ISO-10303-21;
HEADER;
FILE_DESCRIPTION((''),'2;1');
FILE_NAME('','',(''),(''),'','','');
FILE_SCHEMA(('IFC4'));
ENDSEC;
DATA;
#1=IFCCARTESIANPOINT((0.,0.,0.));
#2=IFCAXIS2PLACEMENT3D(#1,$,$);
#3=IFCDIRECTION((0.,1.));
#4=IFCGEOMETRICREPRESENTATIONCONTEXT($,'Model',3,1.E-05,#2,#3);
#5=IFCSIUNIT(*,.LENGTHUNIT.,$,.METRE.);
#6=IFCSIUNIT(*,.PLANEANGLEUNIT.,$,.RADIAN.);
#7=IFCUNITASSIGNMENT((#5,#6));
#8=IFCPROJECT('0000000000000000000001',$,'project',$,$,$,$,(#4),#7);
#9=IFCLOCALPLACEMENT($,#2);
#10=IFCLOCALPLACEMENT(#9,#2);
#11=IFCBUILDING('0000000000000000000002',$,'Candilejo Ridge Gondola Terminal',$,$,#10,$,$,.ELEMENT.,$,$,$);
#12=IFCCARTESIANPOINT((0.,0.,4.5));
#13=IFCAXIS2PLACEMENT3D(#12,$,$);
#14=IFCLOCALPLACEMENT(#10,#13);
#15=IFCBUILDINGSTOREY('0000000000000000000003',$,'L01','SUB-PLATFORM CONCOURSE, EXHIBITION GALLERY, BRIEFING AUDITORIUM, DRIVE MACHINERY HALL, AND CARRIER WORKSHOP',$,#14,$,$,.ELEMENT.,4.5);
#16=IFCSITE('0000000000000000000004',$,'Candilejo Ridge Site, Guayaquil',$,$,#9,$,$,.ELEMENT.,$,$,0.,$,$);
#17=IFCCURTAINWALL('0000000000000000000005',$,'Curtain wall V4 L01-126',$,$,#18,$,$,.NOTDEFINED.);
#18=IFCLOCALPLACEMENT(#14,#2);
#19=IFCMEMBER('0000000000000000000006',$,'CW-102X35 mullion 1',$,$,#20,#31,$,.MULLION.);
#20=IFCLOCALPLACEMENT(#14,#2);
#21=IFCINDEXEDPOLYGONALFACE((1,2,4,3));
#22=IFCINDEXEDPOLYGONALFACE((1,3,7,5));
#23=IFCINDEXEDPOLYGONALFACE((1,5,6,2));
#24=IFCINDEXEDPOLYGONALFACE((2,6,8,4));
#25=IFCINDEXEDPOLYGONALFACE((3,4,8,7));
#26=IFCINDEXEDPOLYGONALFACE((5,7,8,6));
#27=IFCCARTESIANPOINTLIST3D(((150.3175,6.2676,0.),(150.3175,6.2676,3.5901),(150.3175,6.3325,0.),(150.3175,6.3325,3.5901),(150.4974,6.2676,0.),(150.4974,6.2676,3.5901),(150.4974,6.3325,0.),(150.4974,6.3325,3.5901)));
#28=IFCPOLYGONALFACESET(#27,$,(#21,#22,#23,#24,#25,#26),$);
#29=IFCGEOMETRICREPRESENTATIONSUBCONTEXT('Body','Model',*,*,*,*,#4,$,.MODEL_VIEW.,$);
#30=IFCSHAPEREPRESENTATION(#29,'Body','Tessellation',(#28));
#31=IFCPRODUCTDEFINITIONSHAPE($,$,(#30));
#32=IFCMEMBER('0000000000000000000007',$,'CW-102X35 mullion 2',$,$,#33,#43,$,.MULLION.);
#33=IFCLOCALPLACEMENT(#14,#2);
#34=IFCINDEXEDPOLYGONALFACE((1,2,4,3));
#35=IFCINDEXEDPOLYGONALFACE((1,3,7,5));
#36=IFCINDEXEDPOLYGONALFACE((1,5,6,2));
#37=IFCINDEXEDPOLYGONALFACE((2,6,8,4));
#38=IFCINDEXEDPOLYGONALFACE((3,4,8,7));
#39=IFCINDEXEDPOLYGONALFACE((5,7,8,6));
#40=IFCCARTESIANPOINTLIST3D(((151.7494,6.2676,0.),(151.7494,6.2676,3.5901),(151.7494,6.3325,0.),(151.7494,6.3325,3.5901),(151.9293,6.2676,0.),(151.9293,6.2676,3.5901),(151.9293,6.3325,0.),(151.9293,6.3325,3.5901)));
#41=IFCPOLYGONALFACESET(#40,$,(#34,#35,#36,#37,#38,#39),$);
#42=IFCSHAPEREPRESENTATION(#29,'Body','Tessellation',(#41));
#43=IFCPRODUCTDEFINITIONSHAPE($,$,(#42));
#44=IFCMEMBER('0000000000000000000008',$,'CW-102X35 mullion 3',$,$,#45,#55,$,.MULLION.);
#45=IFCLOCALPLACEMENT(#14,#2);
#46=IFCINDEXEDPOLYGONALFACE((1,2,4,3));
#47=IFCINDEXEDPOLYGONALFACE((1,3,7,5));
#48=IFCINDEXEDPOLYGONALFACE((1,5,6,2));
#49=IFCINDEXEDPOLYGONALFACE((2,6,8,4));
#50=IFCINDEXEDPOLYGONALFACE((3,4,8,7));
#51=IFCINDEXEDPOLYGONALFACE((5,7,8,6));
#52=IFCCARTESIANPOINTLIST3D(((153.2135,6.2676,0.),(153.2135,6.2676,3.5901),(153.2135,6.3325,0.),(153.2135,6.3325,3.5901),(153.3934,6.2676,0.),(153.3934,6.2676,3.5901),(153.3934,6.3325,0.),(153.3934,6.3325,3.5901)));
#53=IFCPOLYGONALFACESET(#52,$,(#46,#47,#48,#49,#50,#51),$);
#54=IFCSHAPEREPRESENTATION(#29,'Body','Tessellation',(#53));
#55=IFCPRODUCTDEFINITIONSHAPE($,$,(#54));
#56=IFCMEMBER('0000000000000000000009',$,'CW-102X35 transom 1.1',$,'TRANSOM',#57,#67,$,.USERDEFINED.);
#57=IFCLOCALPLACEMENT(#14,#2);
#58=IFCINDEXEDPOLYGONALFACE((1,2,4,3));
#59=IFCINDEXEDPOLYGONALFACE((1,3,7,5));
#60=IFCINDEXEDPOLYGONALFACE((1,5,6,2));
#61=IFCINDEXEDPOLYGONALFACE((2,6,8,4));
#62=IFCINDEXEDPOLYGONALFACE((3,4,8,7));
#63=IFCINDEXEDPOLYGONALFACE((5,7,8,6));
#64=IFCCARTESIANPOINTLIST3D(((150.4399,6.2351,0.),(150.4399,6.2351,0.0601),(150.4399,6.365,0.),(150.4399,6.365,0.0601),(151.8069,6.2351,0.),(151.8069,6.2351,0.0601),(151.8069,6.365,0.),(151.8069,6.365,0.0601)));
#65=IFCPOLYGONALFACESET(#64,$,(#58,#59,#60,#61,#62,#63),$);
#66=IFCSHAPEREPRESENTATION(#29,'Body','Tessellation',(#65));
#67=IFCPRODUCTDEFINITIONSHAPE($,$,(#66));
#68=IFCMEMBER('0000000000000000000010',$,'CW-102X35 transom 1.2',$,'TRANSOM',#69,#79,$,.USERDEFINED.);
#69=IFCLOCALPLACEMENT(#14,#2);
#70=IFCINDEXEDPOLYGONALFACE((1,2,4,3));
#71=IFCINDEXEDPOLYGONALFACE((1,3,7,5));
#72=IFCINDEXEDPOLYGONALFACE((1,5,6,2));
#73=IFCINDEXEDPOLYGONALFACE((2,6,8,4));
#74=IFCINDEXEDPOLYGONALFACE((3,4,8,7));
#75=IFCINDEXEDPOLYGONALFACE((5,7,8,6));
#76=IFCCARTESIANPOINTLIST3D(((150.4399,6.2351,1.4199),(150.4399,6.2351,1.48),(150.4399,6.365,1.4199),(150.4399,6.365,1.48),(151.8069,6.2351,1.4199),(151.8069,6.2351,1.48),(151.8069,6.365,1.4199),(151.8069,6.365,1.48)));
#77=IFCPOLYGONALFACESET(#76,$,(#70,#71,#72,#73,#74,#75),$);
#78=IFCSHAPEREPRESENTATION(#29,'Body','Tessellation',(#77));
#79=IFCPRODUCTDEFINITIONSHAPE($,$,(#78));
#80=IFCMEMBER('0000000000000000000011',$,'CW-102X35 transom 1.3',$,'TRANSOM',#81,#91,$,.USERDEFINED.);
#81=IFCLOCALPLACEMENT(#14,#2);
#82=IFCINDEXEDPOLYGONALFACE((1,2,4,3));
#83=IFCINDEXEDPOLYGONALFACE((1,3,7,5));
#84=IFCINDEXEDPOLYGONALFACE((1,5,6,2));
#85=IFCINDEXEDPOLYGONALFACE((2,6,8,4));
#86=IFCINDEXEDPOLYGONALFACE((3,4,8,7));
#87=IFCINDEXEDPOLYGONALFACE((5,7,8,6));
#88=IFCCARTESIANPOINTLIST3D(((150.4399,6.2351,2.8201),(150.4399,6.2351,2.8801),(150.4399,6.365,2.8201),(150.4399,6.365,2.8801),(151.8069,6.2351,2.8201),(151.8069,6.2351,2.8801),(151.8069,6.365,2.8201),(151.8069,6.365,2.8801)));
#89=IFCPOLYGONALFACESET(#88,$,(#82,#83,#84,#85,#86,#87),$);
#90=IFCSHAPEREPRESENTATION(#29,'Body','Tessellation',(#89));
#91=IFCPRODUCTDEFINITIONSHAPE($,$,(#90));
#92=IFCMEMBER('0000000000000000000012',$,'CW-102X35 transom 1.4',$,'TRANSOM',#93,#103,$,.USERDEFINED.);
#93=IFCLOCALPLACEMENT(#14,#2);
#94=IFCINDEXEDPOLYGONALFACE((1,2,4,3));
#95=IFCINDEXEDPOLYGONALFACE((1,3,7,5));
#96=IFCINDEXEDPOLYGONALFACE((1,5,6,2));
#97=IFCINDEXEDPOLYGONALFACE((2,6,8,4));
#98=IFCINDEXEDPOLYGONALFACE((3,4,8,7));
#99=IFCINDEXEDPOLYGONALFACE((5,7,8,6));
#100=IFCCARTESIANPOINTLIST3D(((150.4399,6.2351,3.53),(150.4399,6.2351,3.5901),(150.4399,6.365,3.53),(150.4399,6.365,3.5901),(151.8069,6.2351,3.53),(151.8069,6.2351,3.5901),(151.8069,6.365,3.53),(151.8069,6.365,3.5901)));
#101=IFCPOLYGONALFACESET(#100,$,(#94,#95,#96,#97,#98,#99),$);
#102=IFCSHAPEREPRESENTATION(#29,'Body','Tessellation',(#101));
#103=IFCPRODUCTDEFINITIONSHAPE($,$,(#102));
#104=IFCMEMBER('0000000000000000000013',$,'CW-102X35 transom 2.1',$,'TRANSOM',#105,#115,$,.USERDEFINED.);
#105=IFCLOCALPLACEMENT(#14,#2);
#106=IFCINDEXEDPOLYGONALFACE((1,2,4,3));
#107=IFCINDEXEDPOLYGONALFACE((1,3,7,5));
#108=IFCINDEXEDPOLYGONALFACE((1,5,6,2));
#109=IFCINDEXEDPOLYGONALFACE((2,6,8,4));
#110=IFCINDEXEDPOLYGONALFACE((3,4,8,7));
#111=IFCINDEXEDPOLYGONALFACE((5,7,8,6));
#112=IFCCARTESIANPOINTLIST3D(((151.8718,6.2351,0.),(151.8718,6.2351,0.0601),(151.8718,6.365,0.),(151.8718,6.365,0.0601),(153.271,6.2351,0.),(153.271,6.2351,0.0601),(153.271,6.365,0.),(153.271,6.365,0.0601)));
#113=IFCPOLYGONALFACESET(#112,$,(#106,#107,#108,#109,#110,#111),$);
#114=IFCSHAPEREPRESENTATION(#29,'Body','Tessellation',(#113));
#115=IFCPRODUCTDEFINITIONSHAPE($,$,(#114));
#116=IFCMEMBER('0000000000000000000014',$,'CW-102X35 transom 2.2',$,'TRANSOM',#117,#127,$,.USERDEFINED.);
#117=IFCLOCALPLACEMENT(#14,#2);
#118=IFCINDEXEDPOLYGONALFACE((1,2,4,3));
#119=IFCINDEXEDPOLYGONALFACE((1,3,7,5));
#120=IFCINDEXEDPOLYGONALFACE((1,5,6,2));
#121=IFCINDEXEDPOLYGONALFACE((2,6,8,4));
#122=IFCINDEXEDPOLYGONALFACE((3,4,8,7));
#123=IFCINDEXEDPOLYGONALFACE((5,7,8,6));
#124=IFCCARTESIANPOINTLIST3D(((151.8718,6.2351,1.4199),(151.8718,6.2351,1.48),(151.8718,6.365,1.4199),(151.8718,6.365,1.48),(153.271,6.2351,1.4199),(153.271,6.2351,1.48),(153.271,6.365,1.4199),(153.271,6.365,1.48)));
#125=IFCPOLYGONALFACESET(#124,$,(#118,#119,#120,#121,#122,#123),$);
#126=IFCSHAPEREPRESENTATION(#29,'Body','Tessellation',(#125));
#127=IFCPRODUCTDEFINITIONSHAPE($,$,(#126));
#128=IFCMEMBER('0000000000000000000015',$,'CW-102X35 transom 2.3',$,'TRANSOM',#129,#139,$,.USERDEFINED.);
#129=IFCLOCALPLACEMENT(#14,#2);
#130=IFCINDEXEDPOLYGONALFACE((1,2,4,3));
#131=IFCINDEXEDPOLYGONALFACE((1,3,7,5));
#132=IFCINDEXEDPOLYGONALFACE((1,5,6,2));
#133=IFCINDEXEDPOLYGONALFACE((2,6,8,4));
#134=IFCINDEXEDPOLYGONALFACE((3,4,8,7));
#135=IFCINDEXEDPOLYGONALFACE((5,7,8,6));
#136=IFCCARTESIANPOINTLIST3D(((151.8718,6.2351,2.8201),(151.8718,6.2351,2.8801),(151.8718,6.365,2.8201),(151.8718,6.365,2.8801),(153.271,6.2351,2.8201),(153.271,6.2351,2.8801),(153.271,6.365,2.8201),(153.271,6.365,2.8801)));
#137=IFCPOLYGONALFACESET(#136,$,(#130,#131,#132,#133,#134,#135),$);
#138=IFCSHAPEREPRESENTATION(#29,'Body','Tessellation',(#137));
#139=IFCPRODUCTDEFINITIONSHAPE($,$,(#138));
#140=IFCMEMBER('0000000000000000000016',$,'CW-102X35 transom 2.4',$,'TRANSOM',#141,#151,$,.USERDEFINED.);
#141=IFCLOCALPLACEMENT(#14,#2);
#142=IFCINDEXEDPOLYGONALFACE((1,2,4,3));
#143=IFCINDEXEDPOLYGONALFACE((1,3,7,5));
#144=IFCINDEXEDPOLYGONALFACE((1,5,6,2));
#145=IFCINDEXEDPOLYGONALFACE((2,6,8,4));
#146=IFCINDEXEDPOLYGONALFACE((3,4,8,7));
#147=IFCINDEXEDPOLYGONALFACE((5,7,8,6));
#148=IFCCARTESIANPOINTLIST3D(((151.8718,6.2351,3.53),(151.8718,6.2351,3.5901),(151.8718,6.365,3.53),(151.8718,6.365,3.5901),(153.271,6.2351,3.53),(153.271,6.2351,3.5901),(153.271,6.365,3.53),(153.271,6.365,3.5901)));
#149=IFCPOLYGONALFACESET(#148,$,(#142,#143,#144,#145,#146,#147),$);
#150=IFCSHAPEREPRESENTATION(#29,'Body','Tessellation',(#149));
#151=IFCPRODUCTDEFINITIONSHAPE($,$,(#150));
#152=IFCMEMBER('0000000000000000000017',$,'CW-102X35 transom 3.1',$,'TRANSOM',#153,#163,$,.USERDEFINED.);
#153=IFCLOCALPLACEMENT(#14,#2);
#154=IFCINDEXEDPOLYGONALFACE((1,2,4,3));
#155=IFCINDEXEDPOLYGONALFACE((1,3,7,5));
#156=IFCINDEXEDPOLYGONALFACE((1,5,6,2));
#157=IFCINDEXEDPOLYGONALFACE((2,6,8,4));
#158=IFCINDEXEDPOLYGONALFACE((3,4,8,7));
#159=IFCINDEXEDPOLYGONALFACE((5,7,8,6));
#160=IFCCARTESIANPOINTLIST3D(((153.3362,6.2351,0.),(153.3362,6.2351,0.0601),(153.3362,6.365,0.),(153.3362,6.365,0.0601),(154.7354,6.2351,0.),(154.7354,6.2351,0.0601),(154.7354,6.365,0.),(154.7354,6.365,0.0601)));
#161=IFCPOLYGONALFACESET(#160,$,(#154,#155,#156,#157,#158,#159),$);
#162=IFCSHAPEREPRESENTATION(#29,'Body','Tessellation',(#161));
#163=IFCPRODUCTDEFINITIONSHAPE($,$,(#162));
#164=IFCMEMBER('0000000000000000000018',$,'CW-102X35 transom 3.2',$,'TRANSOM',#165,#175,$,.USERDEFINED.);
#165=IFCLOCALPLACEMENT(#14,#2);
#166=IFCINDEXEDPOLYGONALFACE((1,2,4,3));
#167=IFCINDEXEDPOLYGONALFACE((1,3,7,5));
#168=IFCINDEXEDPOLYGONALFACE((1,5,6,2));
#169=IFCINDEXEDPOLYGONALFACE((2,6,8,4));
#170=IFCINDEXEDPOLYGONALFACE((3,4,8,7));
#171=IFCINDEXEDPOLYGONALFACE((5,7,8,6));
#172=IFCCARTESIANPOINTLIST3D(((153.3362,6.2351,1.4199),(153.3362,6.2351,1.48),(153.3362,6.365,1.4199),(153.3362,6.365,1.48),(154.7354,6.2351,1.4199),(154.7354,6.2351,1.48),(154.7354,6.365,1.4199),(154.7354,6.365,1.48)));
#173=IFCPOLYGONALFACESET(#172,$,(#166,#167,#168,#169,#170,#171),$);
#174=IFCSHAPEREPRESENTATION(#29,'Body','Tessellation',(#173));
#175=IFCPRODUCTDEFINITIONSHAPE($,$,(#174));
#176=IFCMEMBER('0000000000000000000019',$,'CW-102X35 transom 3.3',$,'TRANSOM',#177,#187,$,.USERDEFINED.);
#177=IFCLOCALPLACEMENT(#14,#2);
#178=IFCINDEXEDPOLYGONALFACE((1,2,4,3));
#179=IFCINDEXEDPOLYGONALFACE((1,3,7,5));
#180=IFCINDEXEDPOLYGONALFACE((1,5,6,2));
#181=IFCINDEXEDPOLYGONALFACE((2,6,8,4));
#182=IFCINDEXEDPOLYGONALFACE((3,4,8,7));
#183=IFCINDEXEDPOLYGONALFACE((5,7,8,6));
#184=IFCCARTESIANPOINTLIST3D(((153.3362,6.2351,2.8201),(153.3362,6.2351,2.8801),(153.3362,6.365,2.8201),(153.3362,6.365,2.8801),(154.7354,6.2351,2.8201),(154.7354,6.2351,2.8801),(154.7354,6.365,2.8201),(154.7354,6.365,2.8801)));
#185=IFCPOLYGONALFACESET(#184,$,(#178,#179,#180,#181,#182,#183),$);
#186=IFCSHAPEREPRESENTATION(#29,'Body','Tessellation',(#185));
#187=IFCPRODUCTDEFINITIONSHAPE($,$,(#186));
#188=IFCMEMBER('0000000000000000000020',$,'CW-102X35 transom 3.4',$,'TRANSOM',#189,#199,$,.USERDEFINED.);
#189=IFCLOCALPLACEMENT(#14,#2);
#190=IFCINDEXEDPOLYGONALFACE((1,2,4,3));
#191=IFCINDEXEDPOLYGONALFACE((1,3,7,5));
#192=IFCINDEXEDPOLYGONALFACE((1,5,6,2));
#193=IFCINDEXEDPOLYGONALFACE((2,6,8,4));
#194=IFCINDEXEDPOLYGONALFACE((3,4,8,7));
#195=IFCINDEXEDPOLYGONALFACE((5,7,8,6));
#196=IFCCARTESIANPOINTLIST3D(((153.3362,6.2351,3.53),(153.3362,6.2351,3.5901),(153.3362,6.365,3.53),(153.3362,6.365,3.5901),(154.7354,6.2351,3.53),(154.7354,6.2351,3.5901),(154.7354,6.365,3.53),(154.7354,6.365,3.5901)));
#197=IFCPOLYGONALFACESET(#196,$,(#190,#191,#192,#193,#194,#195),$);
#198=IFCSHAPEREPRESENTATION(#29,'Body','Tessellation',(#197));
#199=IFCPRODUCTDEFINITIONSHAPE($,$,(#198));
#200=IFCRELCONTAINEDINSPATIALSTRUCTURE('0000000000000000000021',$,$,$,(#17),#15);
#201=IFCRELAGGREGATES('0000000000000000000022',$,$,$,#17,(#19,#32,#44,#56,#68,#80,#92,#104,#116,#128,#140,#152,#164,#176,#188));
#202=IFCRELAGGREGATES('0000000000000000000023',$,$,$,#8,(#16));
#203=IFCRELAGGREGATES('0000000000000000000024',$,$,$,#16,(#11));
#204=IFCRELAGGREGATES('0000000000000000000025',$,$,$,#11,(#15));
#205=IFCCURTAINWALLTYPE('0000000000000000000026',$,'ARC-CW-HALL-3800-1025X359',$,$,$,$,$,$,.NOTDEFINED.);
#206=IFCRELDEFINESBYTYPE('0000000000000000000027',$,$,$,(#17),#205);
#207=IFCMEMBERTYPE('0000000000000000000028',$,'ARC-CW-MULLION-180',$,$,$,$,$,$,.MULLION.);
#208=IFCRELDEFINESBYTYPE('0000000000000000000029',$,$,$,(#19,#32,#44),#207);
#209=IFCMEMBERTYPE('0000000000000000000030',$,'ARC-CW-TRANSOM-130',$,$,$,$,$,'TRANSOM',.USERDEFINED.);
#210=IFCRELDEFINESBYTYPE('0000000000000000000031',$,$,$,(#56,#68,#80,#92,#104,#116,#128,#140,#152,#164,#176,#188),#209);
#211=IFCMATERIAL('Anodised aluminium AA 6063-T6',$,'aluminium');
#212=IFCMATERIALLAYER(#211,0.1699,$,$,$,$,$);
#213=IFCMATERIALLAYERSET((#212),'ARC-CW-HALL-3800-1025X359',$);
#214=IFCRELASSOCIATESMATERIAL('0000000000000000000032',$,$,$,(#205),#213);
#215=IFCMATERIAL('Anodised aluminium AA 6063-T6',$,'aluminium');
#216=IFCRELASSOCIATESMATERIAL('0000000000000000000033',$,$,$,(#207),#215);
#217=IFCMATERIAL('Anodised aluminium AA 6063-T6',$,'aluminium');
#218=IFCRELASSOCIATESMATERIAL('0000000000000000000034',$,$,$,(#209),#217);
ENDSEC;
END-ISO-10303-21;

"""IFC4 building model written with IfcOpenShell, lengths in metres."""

from ifc_helpers import new_model, si_unit, direction, frame, origin, origin_2d, place, context, subcontext, project, spatial, rectangle, extrude, material, layer, layer_set, material_profile, profile_set, type_object, element, aggregate, save


model = new_model("IFC4")

# Units and contexts
model_context = context("Model", 3, precision=1e-05, world=origin(), true_north=direction((0.0, 1.0)))
body_context = subcontext(model_context, "Body", "Model", "MODEL_VIEW")
ifc_project = project(units=[si_unit("LENGTHUNIT", "METRE"), si_unit("PLANEANGLEUNIT", "RADIAN")], contexts=[model_context])

# Site, building, storey
site_placement = place(None, origin())
site = spatial("IfcSite", under=ifc_project, at=site_placement, Name="Candilejo Ridge Site, Guayaquil", CompositionType="ELEMENT", RefElevation=0.0)
building_placement = place(site_placement, origin())
building = spatial("IfcBuilding", under=site, at=building_placement, Name="Candilejo Ridge Gondola Terminal", CompositionType="ELEMENT")
storey_placement = place(building_placement, frame((0.0, 0.0, 4.5)))
storey = spatial("IfcBuildingStorey", under=building, at=storey_placement, Name="L01", Description="SUB-PLATFORM CONCOURSE, EXHIBITION GALLERY, BRIEFING AUDITORIUM, DRIVE MACHINERY HALL, AND CARRIER WORKSHOP", CompositionType="ELEMENT", Elevation=4.5)

# Curtain wall, members
ifc_material_1 = material(Name="Anodised aluminium AA 6063-T6", Category="aluminium")
ifc_layer_1 = layer(ifc_material_1, 0.1699)
ifc_layer_set_1 = layer_set([ifc_layer_1], Name="ARC-CW-HALL-3800-1025X359")
curtain_wall_type = type_object("IfcCurtainWallType", Name="ARC-CW-HALL-3800-1025X359", PredefinedType="NOTDEFINED", material=ifc_layer_set_1)
curtain_wall_placement = place(storey_placement, origin())
curtain_wall = element("IfcCurtainWall", 1, at=curtain_wall_placement, inside=storey, type_object=curtain_wall_type, Name="Curtain wall V4 L01-126", PredefinedType="NOTDEFINED")
ifc_material_2 = material(Name="Anodised aluminium AA 6063-T6", Category="aluminium")
ifc_material_profile_1 = material_profile(ifc_material_2, rectangle(XDim=0.0649, YDim=0.1799, at=origin_2d()))
ifc_profile_set_1 = profile_set([ifc_material_profile_1], Name="Anodised aluminium AA 6063-T6")
member_type_1 = type_object("IfcMemberType", Name="ARC-CW-MULLION-180", PredefinedType="MULLION", material=ifc_profile_set_1)
member_1_placement = place(storey_placement, frame((150.4075, 6.3, 0.0), z_axis=(0.0, 0.0, 1.0), x_axis=(0.0, 1.0, 0.0)))
member_1 = element("IfcMember", 2, at=member_1_placement, type_object=member_type_1, Name="CW-102X35 mullion 1", PredefinedType="MULLION", context=body_context, shape_type="SweptSolid", body=[
    extrude(rectangle(XDim=0.0649, YDim=0.1799, at=origin_2d()), origin(), (0.0, 0.0, 1.0), 3.5901),
])
member_2_placement = place(storey_placement, frame((151.8394, 6.3, 0.0), z_axis=(0.0, 0.0, 1.0), x_axis=(0.0, 1.0, 0.0)))
member_2 = element("IfcMember", 3, at=member_2_placement, type_object=member_type_1, Name="CW-102X35 mullion 2", PredefinedType="MULLION", context=body_context, shape_type="SweptSolid", body=[
    extrude(rectangle(XDim=0.0649, YDim=0.1799, at=origin_2d()), origin(), (0.0, 0.0, 1.0), 3.5901),
])
member_3_placement = place(storey_placement, frame((153.3035, 6.3, 0.0), z_axis=(0.0, 0.0, 1.0), x_axis=(0.0, 1.0, 0.0)))
member_3 = element("IfcMember", 4, at=member_3_placement, type_object=member_type_1, Name="CW-102X35 mullion 3", PredefinedType="MULLION", context=body_context, shape_type="SweptSolid", body=[
    extrude(rectangle(XDim=0.0649, YDim=0.1799, at=origin_2d()), origin(), (0.0, 0.0, 1.0), 3.5901),
])
ifc_material_3 = material(Name="Anodised aluminium AA 6063-T6", Category="aluminium")
ifc_material_profile_2 = material_profile(ifc_material_3, rectangle(XDim=0.1299, YDim=0.0601, at=origin_2d()))
ifc_profile_set_2 = profile_set([ifc_material_profile_2], Name="Anodised aluminium AA 6063-T6")
member_type_2 = type_object("IfcMemberType", Name="ARC-CW-TRANSOM-130", ElementType="TRANSOM", PredefinedType="USERDEFINED", material=ifc_profile_set_2)
member_4_placement = place(storey_placement, frame((150.4399, 6.3, 0.03), z_axis=(1.0, 0.0, 0.0), x_axis=(0.0, 1.0, 0.0)))
member_4 = element("IfcMember", 5, at=member_4_placement, type_object=member_type_2, Name="CW-102X35 transom 1.1", ObjectType="TRANSOM", PredefinedType="USERDEFINED", context=body_context, shape_type="SweptSolid", body=[
    extrude(rectangle(XDim=0.1299, YDim=0.0601, at=origin_2d()), origin(), (0.0, 0.0, 1.0), 1.3669),
])
member_5_placement = place(storey_placement, frame((150.4399, 6.3, 1.45), z_axis=(1.0, 0.0, 0.0), x_axis=(0.0, 1.0, 0.0)))
member_5 = element("IfcMember", 6, at=member_5_placement, type_object=member_type_2, Name="CW-102X35 transom 1.2", ObjectType="TRANSOM", PredefinedType="USERDEFINED", context=body_context, shape_type="SweptSolid", body=[
    extrude(rectangle(XDim=0.1299, YDim=0.0601, at=origin_2d()), origin(), (0.0, 0.0, 1.0), 1.3669),
])
member_6_placement = place(storey_placement, frame((150.4399, 6.3, 2.8501), z_axis=(1.0, 0.0, 0.0), x_axis=(0.0, 1.0, 0.0)))
member_6 = element("IfcMember", 7, at=member_6_placement, type_object=member_type_2, Name="CW-102X35 transom 1.3", ObjectType="TRANSOM", PredefinedType="USERDEFINED", context=body_context, shape_type="SweptSolid", body=[
    extrude(rectangle(XDim=0.1299, YDim=0.0601, at=origin_2d()), origin(), (0.0, 0.0, 1.0), 1.3669),
])
member_7_placement = place(storey_placement, frame((150.4399, 6.3, 3.5601), z_axis=(1.0, 0.0, 0.0), x_axis=(0.0, 1.0, 0.0)))
member_7 = element("IfcMember", 8, at=member_7_placement, type_object=member_type_2, Name="CW-102X35 transom 1.4", ObjectType="TRANSOM", PredefinedType="USERDEFINED", context=body_context, shape_type="SweptSolid", body=[
    extrude(rectangle(XDim=0.1299, YDim=0.0601, at=origin_2d()), origin(), (0.0, 0.0, 1.0), 1.3669),
])
member_8_placement = place(storey_placement, frame((151.8718, 6.3, 0.03), z_axis=(1.0, 0.0, 0.0), x_axis=(0.0, 1.0, 0.0)))
member_8 = element("IfcMember", 9, at=member_8_placement, type_object=member_type_2, Name="CW-102X35 transom 2.1", ObjectType="TRANSOM", PredefinedType="USERDEFINED", context=body_context, shape_type="SweptSolid", body=[
    extrude(rectangle(XDim=0.1299, YDim=0.0601, at=origin_2d()), origin(), (0.0, 0.0, 1.0), 1.3992),
])
member_9_placement = place(storey_placement, frame((151.8718, 6.3, 1.45), z_axis=(1.0, 0.0, 0.0), x_axis=(0.0, 1.0, 0.0)))
member_9 = element("IfcMember", 10, at=member_9_placement, type_object=member_type_2, Name="CW-102X35 transom 2.2", ObjectType="TRANSOM", PredefinedType="USERDEFINED", context=body_context, shape_type="SweptSolid", body=[
    extrude(rectangle(XDim=0.1299, YDim=0.0601, at=origin_2d()), origin(), (0.0, 0.0, 1.0), 1.3992),
])
member_10_placement = place(storey_placement, frame((151.8718, 6.3, 2.8501), z_axis=(1.0, 0.0, 0.0), x_axis=(0.0, 1.0, 0.0)))
member_10 = element("IfcMember", 11, at=member_10_placement, type_object=member_type_2, Name="CW-102X35 transom 2.3", ObjectType="TRANSOM", PredefinedType="USERDEFINED", context=body_context, shape_type="SweptSolid", body=[
    extrude(rectangle(XDim=0.1299, YDim=0.0601, at=origin_2d()), origin(), (0.0, 0.0, 1.0), 1.3992),
])
member_11_placement = place(storey_placement, frame((151.8718, 6.3, 3.5601), z_axis=(1.0, 0.0, 0.0), x_axis=(0.0, 1.0, 0.0)))
member_11 = element("IfcMember", 12, at=member_11_placement, type_object=member_type_2, Name="CW-102X35 transom 2.4", ObjectType="TRANSOM", PredefinedType="USERDEFINED", context=body_context, shape_type="SweptSolid", body=[
    extrude(rectangle(XDim=0.1299, YDim=0.0601, at=origin_2d()), origin(), (0.0, 0.0, 1.0), 1.3992),
])
member_12_placement = place(storey_placement, frame((153.3362, 6.3, 0.03), z_axis=(1.0, 0.0, 0.0), x_axis=(0.0, 1.0, 0.0)))
member_12 = element("IfcMember", 13, at=member_12_placement, type_object=member_type_2, Name="CW-102X35 transom 3.1", ObjectType="TRANSOM", PredefinedType="USERDEFINED", context=body_context, shape_type="SweptSolid", body=[
    extrude(rectangle(XDim=0.1299, YDim=0.0601, at=origin_2d()), origin(), (0.0, 0.0, 1.0), 1.3992),
])
member_13_placement = place(storey_placement, frame((153.3362, 6.3, 1.45), z_axis=(1.0, 0.0, 0.0), x_axis=(0.0, 1.0, 0.0)))
member_13 = element("IfcMember", 14, at=member_13_placement, type_object=member_type_2, Name="CW-102X35 transom 3.2", ObjectType="TRANSOM", PredefinedType="USERDEFINED", context=body_context, shape_type="SweptSolid", body=[
    extrude(rectangle(XDim=0.1299, YDim=0.0601, at=origin_2d()), origin(), (0.0, 0.0, 1.0), 1.3992),
])
member_14_placement = place(storey_placement, frame((153.3362, 6.3, 2.8501), z_axis=(1.0, 0.0, 0.0), x_axis=(0.0, 1.0, 0.0)))
member_14 = element("IfcMember", 15, at=member_14_placement, type_object=member_type_2, Name="CW-102X35 transom 3.3", ObjectType="TRANSOM", PredefinedType="USERDEFINED", context=body_context, shape_type="SweptSolid", body=[
    extrude(rectangle(XDim=0.1299, YDim=0.0601, at=origin_2d()), origin(), (0.0, 0.0, 1.0), 1.3992),
])
member_15_placement = place(storey_placement, frame((153.3362, 6.3, 3.5601), z_axis=(1.0, 0.0, 0.0), x_axis=(0.0, 1.0, 0.0)))
member_15 = element("IfcMember", 16, at=member_15_placement, type_object=member_type_2, Name="CW-102X35 transom 3.4", ObjectType="TRANSOM", PredefinedType="USERDEFINED", context=body_context, shape_type="SweptSolid", body=[
    extrude(rectangle(XDim=0.1299, YDim=0.0601, at=origin_2d()), origin(), (0.0, 0.0, 1.0), 1.3992),
])

aggregate(curtain_wall, [member_1, member_2, member_3, member_4, member_5, member_6, member_7, member_8, member_9, member_10, member_11, member_12, member_13, member_14, member_15])

save(model, "model.ifc")
